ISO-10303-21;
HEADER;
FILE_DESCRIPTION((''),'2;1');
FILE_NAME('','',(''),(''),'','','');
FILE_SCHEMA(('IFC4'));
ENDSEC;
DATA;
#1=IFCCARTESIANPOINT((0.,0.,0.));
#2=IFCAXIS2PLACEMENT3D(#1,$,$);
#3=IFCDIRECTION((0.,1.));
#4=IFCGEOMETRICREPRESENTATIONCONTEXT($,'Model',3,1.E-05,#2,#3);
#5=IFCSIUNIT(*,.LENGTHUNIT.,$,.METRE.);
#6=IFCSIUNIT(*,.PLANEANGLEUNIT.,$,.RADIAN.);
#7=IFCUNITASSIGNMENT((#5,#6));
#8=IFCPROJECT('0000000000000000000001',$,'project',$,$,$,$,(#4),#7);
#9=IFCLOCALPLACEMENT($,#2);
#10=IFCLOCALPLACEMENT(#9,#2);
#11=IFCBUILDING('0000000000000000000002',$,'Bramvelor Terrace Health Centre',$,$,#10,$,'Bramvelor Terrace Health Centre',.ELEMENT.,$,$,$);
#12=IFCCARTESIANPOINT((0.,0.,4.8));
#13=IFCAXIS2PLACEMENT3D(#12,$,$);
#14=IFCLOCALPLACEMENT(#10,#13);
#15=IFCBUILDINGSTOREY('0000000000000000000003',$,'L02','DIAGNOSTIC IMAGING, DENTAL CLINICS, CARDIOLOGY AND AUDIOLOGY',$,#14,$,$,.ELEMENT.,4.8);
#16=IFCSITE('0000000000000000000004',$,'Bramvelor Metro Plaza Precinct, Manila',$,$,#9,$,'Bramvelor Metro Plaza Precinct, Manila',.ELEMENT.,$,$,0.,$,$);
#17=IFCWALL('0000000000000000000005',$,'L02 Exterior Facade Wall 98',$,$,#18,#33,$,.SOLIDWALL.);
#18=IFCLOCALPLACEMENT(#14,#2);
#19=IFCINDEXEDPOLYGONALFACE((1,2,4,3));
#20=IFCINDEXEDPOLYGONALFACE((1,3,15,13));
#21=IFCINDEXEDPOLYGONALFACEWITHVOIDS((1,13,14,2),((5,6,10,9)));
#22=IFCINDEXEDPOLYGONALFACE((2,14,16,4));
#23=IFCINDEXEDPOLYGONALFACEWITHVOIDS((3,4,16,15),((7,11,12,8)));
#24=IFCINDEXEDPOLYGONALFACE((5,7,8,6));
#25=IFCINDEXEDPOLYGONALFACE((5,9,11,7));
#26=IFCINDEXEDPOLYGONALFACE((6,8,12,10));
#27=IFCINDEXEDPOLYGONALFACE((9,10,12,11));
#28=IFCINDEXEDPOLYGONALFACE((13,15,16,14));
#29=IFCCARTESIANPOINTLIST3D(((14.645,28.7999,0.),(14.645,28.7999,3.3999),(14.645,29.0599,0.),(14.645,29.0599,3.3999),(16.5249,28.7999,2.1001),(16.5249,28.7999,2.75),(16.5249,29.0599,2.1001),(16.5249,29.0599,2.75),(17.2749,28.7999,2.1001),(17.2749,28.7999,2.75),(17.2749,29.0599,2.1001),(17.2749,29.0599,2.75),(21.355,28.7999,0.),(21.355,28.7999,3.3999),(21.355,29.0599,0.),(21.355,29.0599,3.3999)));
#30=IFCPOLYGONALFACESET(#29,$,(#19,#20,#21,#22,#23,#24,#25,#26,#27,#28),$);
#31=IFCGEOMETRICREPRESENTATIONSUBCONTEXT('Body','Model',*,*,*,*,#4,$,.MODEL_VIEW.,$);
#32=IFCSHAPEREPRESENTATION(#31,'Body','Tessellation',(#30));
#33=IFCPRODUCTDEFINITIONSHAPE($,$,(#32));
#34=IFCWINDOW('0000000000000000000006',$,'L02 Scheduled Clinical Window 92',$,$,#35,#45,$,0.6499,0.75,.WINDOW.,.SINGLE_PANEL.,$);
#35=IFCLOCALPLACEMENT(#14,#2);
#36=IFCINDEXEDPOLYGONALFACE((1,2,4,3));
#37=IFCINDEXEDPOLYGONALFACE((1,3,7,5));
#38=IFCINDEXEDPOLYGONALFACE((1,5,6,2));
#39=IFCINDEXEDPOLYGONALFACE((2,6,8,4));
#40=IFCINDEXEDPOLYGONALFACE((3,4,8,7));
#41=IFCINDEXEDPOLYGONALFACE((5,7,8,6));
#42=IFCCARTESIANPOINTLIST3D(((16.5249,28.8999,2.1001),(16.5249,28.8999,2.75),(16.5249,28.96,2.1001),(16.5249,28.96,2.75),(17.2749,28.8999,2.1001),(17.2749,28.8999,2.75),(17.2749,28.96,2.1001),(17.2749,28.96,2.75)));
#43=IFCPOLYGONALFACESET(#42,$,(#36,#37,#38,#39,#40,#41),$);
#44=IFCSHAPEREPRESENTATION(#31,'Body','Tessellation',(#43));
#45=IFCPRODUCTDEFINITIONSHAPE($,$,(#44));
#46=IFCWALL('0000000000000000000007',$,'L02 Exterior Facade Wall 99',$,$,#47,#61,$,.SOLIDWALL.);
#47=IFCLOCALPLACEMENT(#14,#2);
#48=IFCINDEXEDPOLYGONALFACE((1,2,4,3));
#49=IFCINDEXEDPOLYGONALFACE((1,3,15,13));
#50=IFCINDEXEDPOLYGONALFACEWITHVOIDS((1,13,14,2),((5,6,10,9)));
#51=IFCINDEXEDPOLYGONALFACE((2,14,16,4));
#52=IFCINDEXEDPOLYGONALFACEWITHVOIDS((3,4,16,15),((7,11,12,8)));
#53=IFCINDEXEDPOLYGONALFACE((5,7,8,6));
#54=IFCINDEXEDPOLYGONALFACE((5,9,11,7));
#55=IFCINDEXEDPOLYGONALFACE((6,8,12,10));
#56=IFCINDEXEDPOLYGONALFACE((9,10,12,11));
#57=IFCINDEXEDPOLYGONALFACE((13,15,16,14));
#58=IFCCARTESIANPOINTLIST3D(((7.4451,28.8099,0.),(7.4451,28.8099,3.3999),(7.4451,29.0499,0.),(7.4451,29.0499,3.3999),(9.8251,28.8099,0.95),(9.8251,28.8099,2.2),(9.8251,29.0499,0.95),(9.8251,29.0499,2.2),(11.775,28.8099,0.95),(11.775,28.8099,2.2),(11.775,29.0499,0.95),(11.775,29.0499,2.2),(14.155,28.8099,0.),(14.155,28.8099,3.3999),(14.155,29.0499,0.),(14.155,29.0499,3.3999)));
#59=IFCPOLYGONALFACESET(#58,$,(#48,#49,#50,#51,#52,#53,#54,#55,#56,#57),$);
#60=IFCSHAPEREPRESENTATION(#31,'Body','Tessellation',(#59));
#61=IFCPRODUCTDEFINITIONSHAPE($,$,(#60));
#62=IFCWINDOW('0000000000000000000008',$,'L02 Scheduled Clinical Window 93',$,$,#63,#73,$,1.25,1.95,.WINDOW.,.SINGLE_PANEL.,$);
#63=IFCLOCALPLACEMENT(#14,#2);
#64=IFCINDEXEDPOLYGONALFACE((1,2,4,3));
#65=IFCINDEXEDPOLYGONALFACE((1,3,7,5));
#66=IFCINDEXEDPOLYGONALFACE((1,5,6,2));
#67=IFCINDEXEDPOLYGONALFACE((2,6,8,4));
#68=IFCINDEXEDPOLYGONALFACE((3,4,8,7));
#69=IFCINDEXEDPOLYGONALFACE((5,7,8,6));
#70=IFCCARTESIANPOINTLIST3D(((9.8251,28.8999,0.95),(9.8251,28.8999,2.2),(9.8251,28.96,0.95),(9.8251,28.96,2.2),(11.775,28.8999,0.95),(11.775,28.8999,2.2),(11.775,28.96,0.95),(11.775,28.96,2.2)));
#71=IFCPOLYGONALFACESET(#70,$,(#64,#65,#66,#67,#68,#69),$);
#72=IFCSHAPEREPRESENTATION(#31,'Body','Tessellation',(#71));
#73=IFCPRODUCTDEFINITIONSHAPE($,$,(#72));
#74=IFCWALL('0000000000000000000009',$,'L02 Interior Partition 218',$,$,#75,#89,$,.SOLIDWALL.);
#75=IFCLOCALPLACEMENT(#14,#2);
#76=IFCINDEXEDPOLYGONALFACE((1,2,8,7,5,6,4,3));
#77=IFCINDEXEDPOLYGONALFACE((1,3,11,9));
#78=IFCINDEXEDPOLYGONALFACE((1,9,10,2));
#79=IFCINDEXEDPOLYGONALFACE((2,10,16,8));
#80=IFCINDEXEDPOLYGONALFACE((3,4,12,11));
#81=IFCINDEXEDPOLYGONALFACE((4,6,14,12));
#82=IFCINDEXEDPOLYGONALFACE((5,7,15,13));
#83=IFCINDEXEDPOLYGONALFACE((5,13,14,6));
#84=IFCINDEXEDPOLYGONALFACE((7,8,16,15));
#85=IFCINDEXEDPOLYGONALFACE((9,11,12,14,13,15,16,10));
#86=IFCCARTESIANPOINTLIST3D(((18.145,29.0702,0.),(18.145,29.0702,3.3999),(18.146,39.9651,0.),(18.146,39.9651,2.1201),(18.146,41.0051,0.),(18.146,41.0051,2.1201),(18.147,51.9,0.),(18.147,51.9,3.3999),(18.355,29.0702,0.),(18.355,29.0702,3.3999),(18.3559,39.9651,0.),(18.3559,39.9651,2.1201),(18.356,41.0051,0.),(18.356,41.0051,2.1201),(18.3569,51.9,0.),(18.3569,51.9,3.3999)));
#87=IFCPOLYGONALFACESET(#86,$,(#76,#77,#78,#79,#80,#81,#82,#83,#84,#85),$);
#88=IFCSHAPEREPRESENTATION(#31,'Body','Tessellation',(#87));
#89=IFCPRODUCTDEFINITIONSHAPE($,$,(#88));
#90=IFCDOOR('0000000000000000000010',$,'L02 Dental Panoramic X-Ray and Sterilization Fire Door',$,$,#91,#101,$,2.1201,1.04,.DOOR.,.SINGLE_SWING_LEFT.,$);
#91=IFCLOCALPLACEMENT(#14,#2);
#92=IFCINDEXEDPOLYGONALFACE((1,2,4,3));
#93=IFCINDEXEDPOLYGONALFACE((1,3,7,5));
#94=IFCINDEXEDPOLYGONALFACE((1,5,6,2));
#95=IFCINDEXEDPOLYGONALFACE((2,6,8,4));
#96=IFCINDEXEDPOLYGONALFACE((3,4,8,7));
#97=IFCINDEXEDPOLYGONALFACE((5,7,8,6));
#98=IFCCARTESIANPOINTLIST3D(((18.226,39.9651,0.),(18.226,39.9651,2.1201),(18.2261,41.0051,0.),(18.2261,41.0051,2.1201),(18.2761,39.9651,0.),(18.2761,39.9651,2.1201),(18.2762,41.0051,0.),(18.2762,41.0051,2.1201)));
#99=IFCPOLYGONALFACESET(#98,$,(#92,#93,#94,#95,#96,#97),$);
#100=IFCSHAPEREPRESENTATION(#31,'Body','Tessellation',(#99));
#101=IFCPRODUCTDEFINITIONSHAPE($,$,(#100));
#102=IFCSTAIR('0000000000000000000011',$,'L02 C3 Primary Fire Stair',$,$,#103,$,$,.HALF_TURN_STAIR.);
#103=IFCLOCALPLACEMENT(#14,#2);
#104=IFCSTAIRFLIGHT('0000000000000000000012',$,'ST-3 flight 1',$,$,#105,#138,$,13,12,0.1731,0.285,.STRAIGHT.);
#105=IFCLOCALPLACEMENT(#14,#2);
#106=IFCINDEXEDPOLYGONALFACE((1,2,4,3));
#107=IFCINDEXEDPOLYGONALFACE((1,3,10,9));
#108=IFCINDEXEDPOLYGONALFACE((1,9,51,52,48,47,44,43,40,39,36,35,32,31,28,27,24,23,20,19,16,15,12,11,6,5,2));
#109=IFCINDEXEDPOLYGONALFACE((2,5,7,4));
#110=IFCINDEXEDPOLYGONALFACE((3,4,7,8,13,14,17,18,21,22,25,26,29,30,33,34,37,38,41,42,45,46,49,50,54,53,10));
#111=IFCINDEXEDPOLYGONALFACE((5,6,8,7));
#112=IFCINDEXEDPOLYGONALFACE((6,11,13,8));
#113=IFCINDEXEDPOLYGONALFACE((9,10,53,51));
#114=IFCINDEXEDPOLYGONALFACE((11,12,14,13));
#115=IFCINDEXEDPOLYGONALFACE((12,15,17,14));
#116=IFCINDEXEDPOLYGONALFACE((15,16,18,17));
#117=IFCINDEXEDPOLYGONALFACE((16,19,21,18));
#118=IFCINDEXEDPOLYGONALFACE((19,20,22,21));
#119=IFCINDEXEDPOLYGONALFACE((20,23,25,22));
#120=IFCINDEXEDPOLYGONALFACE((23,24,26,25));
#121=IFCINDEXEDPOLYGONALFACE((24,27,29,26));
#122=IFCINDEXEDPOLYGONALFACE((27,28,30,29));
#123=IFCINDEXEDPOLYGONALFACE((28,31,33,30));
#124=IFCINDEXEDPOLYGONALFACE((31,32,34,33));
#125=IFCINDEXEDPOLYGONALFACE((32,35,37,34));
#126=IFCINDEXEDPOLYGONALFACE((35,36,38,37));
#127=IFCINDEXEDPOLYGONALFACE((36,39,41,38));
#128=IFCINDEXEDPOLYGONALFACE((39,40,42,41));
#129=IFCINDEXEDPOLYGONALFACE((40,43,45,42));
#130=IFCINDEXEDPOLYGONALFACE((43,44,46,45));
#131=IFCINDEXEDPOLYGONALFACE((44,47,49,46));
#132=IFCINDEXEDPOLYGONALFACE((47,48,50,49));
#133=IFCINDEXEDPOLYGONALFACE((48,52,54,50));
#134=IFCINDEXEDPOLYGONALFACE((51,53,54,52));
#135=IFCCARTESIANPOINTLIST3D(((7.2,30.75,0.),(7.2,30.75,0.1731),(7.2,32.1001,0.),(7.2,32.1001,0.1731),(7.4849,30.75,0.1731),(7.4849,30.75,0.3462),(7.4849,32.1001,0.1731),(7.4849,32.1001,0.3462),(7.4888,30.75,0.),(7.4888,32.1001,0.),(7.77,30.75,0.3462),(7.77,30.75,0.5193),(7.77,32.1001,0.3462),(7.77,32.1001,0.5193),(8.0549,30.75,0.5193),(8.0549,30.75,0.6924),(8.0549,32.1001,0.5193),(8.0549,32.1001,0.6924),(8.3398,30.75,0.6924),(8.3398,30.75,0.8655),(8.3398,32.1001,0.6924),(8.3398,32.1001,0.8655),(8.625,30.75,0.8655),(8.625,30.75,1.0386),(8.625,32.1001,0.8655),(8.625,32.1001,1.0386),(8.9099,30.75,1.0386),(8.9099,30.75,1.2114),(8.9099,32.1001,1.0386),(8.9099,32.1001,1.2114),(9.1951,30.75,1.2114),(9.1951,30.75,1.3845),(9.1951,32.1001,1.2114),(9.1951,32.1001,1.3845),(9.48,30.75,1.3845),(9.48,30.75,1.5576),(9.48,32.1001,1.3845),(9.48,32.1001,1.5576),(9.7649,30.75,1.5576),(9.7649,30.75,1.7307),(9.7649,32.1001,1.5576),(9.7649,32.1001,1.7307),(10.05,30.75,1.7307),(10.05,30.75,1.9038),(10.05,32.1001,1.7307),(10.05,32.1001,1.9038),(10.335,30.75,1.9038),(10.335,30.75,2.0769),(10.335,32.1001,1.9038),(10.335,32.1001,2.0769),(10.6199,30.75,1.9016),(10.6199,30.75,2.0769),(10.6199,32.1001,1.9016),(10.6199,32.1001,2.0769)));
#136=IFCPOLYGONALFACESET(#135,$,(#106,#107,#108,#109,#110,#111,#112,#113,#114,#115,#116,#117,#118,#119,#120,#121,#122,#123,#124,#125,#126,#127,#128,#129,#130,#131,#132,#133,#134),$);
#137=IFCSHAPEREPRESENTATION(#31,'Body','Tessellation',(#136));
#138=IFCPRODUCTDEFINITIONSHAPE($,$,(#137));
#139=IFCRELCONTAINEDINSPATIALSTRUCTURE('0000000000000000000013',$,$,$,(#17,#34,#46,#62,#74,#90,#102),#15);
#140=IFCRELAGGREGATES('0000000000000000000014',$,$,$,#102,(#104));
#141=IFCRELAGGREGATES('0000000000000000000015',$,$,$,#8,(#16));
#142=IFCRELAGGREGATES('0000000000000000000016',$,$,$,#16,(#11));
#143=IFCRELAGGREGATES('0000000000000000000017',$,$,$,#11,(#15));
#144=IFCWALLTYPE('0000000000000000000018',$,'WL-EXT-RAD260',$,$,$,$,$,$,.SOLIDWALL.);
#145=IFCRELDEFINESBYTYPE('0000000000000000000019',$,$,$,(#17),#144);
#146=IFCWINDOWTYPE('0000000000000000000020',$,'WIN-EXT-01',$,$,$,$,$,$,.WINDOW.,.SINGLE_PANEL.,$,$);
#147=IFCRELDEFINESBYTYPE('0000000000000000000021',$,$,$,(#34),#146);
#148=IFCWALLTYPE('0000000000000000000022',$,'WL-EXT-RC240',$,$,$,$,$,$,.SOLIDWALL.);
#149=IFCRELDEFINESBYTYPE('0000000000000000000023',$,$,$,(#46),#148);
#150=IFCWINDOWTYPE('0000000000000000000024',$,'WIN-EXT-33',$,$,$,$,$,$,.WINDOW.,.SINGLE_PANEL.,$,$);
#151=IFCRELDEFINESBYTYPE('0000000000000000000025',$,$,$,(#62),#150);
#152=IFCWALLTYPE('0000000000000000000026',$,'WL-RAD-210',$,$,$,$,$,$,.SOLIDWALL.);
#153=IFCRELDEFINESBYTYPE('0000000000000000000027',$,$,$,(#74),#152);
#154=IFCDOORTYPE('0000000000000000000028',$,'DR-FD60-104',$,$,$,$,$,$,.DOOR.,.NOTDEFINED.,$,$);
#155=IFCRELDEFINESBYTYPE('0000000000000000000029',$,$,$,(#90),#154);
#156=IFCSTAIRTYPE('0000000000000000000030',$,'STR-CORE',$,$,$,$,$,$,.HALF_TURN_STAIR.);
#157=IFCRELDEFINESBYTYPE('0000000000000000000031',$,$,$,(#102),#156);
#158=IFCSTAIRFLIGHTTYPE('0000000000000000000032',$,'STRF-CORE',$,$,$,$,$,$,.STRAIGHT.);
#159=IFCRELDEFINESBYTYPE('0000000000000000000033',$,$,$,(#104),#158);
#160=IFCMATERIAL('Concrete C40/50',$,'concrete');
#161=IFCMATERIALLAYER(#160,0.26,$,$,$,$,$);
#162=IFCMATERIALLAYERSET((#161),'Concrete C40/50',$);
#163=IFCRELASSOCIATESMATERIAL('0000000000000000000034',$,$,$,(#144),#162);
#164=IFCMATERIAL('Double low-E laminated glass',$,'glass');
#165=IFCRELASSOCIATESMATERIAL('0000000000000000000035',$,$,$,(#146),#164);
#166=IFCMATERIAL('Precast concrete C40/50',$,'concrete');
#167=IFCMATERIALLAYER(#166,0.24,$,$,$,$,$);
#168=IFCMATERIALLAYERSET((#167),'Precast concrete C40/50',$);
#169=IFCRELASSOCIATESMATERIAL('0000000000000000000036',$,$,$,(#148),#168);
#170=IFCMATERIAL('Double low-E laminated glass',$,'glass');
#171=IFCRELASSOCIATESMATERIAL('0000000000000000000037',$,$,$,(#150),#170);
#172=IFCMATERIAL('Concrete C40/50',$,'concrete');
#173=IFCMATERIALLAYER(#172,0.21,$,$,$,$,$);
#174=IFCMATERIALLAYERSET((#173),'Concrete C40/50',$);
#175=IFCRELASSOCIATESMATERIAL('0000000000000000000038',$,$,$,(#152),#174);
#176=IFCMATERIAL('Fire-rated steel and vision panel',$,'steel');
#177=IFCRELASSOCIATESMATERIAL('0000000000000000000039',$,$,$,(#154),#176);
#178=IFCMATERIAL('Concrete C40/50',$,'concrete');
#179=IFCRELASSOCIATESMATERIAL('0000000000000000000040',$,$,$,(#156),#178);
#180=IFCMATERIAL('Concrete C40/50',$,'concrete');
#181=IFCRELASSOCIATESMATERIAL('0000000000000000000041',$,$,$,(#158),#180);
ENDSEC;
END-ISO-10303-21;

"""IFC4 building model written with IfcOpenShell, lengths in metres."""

from ifc_helpers import new_model, si_unit, direction, frame, frame_2d, origin, place, context, subcontext, project, spatial, polyline, rectangle, outline, extrude, material, layer, layer_set, type_object, element, fill, aggregate, save


model = new_model("IFC4")

# Units and contexts
model_context = context("Model", 3, precision=1e-05, world=origin(), true_north=direction((0.0, 1.0)))
body_context = subcontext(model_context, "Body", "Model", "MODEL_VIEW")
ifc_project = project(units=[si_unit("LENGTHUNIT", "METRE"), si_unit("PLANEANGLEUNIT", "RADIAN")], contexts=[model_context])

# Site, building, storey
site_placement = place(None, origin())
site = spatial("IfcSite", under=ifc_project, at=site_placement, Name="Bramvelor Metro Plaza Precinct, Manila", LongName="Bramvelor Metro Plaza Precinct, Manila", CompositionType="ELEMENT", RefElevation=0.0)
building_placement = place(site_placement, origin())
building = spatial("IfcBuilding", under=site, at=building_placement, Name="Bramvelor Terrace Health Centre", LongName="Bramvelor Terrace Health Centre", CompositionType="ELEMENT")
storey_placement = place(building_placement, frame((0.0, 0.0, 4.8)))
storey = spatial("IfcBuildingStorey", under=building, at=storey_placement, Name="L02", Description="DIAGNOSTIC IMAGING, DENTAL CLINICS, CARDIOLOGY AND AUDIOLOGY", CompositionType="ELEMENT", Elevation=4.8)

# Walls, openings, windows
ifc_material_1 = material(Name="Concrete C40/50", Category="concrete")
ifc_layer_1 = layer(ifc_material_1, 0.26)
ifc_layer_set_1 = layer_set([ifc_layer_1], Name="Concrete C40/50")
wall_type_1 = type_object("IfcWallType", Name="WL-EXT-RAD260", PredefinedType="SOLIDWALL", material=ifc_layer_set_1)
wall_1_placement = place(storey_placement, frame((21.355, 28.9299, 0.0), z_axis=(0.0, 0.0, 1.0), x_axis=(-1.0, 0.0, 0.0)))
wall_1 = element("IfcWall", 1, at=wall_1_placement, inside=storey, type_object=wall_type_1, Name="L02 Exterior Facade Wall 98", PredefinedType="SOLIDWALL", context=body_context, shape_type="SweptSolid", body=[
    extrude(rectangle(XDim=6.71, YDim=0.26, at=frame_2d((3.355, 0.0))), origin(), (0.0, 0.0, 1.0), 3.3999),
])
opening_1_placement = place(wall_1_placement, frame((4.0801, 0.0, 2.1001)))
opening_1 = element("IfcOpeningElement", 2, at=opening_1_placement, cuts=wall_1, PredefinedType="OPENING", context=body_context, shape_type="SweptSolid", body=[
    extrude(rectangle(XDim=0.75, YDim=0.6499, at=frame_2d((0.375, 0.325))), frame((0.0, 0.1399, 0.0), z_axis=(0.0, -1.0, 0.0), x_axis=(1.0, 0.0, 0.0)), (0.0, 0.0, 1.0), 0.28),
])
ifc_material_2 = material(Name="Double low-E laminated glass", Category="glass")
window_type_1 = type_object("IfcWindowType", Name="WIN-EXT-01", PartitioningType="SINGLE_PANEL", PredefinedType="WINDOW", material=ifc_material_2)
window_1_placement = place(opening_1_placement, origin())
window_1 = element("IfcWindow", 3, at=window_1_placement, inside=storey, type_object=window_type_1, Name="L02 Scheduled Clinical Window 92", OverallHeight=0.6499, OverallWidth=0.75, PartitioningType="SINGLE_PANEL", PredefinedType="WINDOW", context=body_context, shape_type="SweptSolid", body=[
    extrude(rectangle(XDim=0.75, YDim=0.6499, at=frame_2d((0.375, 0.325))), frame((0.0, 0.03, 0.0), z_axis=(0.0, -1.0, 0.0), x_axis=(1.0, 0.0, 0.0)), (0.0, 0.0, 1.0), 0.0601),
])
fill(opening_1, window_1)
ifc_material_3 = material(Name="Precast concrete C40/50", Category="concrete")
ifc_layer_2 = layer(ifc_material_3, 0.24)
ifc_layer_set_2 = layer_set([ifc_layer_2], Name="Precast concrete C40/50")
wall_type_2 = type_object("IfcWallType", Name="WL-EXT-RC240", PredefinedType="SOLIDWALL", material=ifc_layer_set_2)
wall_2_placement = place(storey_placement, frame((14.155, 28.9299, 0.0), z_axis=(0.0, 0.0, 1.0), x_axis=(-1.0, 0.0, 0.0)))
wall_2 = element("IfcWall", 4, at=wall_2_placement, inside=storey, type_object=wall_type_2, Name="L02 Exterior Facade Wall 99", PredefinedType="SOLIDWALL", context=body_context, shape_type="SweptSolid", body=[
    extrude(rectangle(XDim=6.71, YDim=0.24, at=frame_2d((3.355, 0.0))), origin(), (0.0, 0.0, 1.0), 3.3999),
])
opening_2_placement = place(wall_2_placement, frame((2.3799, 0.0, 0.95)))
opening_2 = element("IfcOpeningElement", 5, at=opening_2_placement, cuts=wall_2, PredefinedType="OPENING", context=body_context, shape_type="SweptSolid", body=[
    extrude(rectangle(XDim=1.95, YDim=1.25, at=frame_2d((0.9751, 0.625))), frame((0.0, 0.1299, 0.0), z_axis=(0.0, -1.0, 0.0), x_axis=(1.0, 0.0, 0.0)), (0.0, 0.0, 1.0), 0.26),
])
ifc_material_4 = material(Name="Double low-E laminated glass", Category="glass")
window_type_2 = type_object("IfcWindowType", Name="WIN-EXT-33", PartitioningType="SINGLE_PANEL", PredefinedType="WINDOW", material=ifc_material_4)
window_2_placement = place(opening_2_placement, origin())
window_2 = element("IfcWindow", 6, at=window_2_placement, inside=storey, type_object=window_type_2, Name="L02 Scheduled Clinical Window 93", OverallHeight=1.25, OverallWidth=1.95, PartitioningType="SINGLE_PANEL", PredefinedType="WINDOW", context=body_context, shape_type="SweptSolid", body=[
    extrude(rectangle(XDim=1.95, YDim=1.25, at=frame_2d((0.9751, 0.625))), frame((0.0, 0.03, 0.0), z_axis=(0.0, -1.0, 0.0), x_axis=(1.0, 0.0, 0.0)), (0.0, 0.0, 1.0), 0.0601),
])
fill(opening_2, window_2)

# Wall, opening, door
ifc_material_5 = material(Name="Concrete C40/50", Category="concrete")
ifc_layer_3 = layer(ifc_material_5, 0.21)
ifc_layer_set_3 = layer_set([ifc_layer_3], Name="Concrete C40/50")
wall_type_3 = type_object("IfcWallType", Name="WL-RAD-210", PredefinedType="SOLIDWALL", material=ifc_layer_set_3)
wall_3_placement = place(storey_placement, frame((18.25, 29.0701, 0.0), z_axis=(0.0, 0.0, 1.0), x_axis=(0.000086, 1.0, 0.0)))
wall_3 = element("IfcWall", 7, at=wall_3_placement, inside=storey, type_object=wall_type_3, Name="L02 Interior Partition 218", PredefinedType="SOLIDWALL", context=body_context, shape_type="SweptSolid", body=[
    extrude(rectangle(XDim=22.8298, YDim=0.21, at=frame_2d((11.415, 0.0))), origin(), (0.0, 0.0, 1.0), 3.3999),
])
opening_3_placement = place(wall_3_placement, frame((10.895, 0.0, 0.0)))
opening_3 = element("IfcOpeningElement", 8, at=opening_3_placement, cuts=wall_3, PredefinedType="OPENING", context=body_context, shape_type="SweptSolid", body=[
    extrude(rectangle(XDim=1.04, YDim=2.1201, at=frame_2d((0.52, 1.0601))), frame((0.0, 0.115, 0.0), z_axis=(0.0, -1.0, 0.0), x_axis=(1.0, 0.0, 0.0)), (0.0, 0.0, 1.0), 0.23),
])
ifc_material_6 = material(Name="Fire-rated steel and vision panel", Category="steel")
door_type = type_object("IfcDoorType", Name="DR-FD60-104", OperationType="NOTDEFINED", PredefinedType="DOOR", material=ifc_material_6)
door_placement = place(opening_3_placement, origin())
door = element("IfcDoor", 9, at=door_placement, inside=storey, type_object=door_type, Name="L02 Dental Panoramic X-Ray and Sterilization Fire Door", OperationType="SINGLE_SWING_LEFT", OverallHeight=2.1201, OverallWidth=1.04, PredefinedType="DOOR", context=body_context, shape_type="SweptSolid", body=[
    extrude(rectangle(XDim=1.04, YDim=2.1201, at=frame_2d((0.52, 1.0601))), frame((0.0, 0.0249, 0.0), z_axis=(0.0, -1.0, 0.0), x_axis=(1.0, 0.0, 0.0)), (0.0, 0.0, 1.0), 0.05),
])
fill(opening_3, door)

# Stair, stair flight
ifc_material_7 = material(Name="Concrete C40/50", Category="concrete")
stair_type = type_object("IfcStairType", Name="STR-CORE", PredefinedType="HALF_TURN_STAIR", material=ifc_material_7)
stair_placement = place(storey_placement, origin())
stair = element("IfcStair", 10, at=stair_placement, inside=storey, type_object=stair_type, Name="L02 C3 Primary Fire Stair", PredefinedType="HALF_TURN_STAIR")
ifc_material_8 = material(Name="Concrete C40/50", Category="concrete")
stair_flight_type = type_object("IfcStairFlightType", Name="STRF-CORE", PredefinedType="STRAIGHT", material=ifc_material_8)
stair_flight_1_placement = place(storey_placement, frame((7.2, 31.425, 0.0), z_axis=(0.0, 0.0, 1.0), x_axis=(1.0, 0.0, 0.0)))
stair_flight_1 = element("IfcStairFlight", 11, at=stair_flight_1_placement, type_object=stair_flight_type, Name="ST-3 flight 1", NumberOfRisers=13, NumberOfTreads=12, PredefinedType="STRAIGHT", RiserHeight=0.1731, TreadLength=0.285, context=body_context, shape_type="SweptSolid", body=[
    extrude(outline(polyline([(0.0, 0.0), (0.0, 0.1731), (0.2849, 0.1731), (0.2849, 0.3462), (0.5701, 0.3462), (0.5701, 0.5193), (0.855, 0.5193), (0.855, 0.6924), (1.1399, 0.6924), (1.1399, 0.8655), (1.425, 0.8655), (1.425, 1.0386), (1.71, 1.0386), (1.71, 1.2114), (1.9951, 1.2114), (1.9951, 1.3845), (2.28, 1.3845), (2.28, 1.5576), (2.5649, 1.5576), (2.5649, 1.7307), (2.8501, 1.7307), (2.8501, 1.9038), (3.135, 1.9038), (3.135, 2.0769), (3.4199, 2.0769), (3.4199, 2.25), (3.4199, 1.9016), (0.2888, 0.0), (0.0, 0.0)])), frame((0.0, 0.675, 0.0), z_axis=(0.0, -1.0, 0.0), x_axis=(1.0, 0.0, 0.0)), (0.0, 0.0, 1.0), 1.3501),
])
aggregate(stair, [stair_flight_1])

save(model, "model.ifc")
